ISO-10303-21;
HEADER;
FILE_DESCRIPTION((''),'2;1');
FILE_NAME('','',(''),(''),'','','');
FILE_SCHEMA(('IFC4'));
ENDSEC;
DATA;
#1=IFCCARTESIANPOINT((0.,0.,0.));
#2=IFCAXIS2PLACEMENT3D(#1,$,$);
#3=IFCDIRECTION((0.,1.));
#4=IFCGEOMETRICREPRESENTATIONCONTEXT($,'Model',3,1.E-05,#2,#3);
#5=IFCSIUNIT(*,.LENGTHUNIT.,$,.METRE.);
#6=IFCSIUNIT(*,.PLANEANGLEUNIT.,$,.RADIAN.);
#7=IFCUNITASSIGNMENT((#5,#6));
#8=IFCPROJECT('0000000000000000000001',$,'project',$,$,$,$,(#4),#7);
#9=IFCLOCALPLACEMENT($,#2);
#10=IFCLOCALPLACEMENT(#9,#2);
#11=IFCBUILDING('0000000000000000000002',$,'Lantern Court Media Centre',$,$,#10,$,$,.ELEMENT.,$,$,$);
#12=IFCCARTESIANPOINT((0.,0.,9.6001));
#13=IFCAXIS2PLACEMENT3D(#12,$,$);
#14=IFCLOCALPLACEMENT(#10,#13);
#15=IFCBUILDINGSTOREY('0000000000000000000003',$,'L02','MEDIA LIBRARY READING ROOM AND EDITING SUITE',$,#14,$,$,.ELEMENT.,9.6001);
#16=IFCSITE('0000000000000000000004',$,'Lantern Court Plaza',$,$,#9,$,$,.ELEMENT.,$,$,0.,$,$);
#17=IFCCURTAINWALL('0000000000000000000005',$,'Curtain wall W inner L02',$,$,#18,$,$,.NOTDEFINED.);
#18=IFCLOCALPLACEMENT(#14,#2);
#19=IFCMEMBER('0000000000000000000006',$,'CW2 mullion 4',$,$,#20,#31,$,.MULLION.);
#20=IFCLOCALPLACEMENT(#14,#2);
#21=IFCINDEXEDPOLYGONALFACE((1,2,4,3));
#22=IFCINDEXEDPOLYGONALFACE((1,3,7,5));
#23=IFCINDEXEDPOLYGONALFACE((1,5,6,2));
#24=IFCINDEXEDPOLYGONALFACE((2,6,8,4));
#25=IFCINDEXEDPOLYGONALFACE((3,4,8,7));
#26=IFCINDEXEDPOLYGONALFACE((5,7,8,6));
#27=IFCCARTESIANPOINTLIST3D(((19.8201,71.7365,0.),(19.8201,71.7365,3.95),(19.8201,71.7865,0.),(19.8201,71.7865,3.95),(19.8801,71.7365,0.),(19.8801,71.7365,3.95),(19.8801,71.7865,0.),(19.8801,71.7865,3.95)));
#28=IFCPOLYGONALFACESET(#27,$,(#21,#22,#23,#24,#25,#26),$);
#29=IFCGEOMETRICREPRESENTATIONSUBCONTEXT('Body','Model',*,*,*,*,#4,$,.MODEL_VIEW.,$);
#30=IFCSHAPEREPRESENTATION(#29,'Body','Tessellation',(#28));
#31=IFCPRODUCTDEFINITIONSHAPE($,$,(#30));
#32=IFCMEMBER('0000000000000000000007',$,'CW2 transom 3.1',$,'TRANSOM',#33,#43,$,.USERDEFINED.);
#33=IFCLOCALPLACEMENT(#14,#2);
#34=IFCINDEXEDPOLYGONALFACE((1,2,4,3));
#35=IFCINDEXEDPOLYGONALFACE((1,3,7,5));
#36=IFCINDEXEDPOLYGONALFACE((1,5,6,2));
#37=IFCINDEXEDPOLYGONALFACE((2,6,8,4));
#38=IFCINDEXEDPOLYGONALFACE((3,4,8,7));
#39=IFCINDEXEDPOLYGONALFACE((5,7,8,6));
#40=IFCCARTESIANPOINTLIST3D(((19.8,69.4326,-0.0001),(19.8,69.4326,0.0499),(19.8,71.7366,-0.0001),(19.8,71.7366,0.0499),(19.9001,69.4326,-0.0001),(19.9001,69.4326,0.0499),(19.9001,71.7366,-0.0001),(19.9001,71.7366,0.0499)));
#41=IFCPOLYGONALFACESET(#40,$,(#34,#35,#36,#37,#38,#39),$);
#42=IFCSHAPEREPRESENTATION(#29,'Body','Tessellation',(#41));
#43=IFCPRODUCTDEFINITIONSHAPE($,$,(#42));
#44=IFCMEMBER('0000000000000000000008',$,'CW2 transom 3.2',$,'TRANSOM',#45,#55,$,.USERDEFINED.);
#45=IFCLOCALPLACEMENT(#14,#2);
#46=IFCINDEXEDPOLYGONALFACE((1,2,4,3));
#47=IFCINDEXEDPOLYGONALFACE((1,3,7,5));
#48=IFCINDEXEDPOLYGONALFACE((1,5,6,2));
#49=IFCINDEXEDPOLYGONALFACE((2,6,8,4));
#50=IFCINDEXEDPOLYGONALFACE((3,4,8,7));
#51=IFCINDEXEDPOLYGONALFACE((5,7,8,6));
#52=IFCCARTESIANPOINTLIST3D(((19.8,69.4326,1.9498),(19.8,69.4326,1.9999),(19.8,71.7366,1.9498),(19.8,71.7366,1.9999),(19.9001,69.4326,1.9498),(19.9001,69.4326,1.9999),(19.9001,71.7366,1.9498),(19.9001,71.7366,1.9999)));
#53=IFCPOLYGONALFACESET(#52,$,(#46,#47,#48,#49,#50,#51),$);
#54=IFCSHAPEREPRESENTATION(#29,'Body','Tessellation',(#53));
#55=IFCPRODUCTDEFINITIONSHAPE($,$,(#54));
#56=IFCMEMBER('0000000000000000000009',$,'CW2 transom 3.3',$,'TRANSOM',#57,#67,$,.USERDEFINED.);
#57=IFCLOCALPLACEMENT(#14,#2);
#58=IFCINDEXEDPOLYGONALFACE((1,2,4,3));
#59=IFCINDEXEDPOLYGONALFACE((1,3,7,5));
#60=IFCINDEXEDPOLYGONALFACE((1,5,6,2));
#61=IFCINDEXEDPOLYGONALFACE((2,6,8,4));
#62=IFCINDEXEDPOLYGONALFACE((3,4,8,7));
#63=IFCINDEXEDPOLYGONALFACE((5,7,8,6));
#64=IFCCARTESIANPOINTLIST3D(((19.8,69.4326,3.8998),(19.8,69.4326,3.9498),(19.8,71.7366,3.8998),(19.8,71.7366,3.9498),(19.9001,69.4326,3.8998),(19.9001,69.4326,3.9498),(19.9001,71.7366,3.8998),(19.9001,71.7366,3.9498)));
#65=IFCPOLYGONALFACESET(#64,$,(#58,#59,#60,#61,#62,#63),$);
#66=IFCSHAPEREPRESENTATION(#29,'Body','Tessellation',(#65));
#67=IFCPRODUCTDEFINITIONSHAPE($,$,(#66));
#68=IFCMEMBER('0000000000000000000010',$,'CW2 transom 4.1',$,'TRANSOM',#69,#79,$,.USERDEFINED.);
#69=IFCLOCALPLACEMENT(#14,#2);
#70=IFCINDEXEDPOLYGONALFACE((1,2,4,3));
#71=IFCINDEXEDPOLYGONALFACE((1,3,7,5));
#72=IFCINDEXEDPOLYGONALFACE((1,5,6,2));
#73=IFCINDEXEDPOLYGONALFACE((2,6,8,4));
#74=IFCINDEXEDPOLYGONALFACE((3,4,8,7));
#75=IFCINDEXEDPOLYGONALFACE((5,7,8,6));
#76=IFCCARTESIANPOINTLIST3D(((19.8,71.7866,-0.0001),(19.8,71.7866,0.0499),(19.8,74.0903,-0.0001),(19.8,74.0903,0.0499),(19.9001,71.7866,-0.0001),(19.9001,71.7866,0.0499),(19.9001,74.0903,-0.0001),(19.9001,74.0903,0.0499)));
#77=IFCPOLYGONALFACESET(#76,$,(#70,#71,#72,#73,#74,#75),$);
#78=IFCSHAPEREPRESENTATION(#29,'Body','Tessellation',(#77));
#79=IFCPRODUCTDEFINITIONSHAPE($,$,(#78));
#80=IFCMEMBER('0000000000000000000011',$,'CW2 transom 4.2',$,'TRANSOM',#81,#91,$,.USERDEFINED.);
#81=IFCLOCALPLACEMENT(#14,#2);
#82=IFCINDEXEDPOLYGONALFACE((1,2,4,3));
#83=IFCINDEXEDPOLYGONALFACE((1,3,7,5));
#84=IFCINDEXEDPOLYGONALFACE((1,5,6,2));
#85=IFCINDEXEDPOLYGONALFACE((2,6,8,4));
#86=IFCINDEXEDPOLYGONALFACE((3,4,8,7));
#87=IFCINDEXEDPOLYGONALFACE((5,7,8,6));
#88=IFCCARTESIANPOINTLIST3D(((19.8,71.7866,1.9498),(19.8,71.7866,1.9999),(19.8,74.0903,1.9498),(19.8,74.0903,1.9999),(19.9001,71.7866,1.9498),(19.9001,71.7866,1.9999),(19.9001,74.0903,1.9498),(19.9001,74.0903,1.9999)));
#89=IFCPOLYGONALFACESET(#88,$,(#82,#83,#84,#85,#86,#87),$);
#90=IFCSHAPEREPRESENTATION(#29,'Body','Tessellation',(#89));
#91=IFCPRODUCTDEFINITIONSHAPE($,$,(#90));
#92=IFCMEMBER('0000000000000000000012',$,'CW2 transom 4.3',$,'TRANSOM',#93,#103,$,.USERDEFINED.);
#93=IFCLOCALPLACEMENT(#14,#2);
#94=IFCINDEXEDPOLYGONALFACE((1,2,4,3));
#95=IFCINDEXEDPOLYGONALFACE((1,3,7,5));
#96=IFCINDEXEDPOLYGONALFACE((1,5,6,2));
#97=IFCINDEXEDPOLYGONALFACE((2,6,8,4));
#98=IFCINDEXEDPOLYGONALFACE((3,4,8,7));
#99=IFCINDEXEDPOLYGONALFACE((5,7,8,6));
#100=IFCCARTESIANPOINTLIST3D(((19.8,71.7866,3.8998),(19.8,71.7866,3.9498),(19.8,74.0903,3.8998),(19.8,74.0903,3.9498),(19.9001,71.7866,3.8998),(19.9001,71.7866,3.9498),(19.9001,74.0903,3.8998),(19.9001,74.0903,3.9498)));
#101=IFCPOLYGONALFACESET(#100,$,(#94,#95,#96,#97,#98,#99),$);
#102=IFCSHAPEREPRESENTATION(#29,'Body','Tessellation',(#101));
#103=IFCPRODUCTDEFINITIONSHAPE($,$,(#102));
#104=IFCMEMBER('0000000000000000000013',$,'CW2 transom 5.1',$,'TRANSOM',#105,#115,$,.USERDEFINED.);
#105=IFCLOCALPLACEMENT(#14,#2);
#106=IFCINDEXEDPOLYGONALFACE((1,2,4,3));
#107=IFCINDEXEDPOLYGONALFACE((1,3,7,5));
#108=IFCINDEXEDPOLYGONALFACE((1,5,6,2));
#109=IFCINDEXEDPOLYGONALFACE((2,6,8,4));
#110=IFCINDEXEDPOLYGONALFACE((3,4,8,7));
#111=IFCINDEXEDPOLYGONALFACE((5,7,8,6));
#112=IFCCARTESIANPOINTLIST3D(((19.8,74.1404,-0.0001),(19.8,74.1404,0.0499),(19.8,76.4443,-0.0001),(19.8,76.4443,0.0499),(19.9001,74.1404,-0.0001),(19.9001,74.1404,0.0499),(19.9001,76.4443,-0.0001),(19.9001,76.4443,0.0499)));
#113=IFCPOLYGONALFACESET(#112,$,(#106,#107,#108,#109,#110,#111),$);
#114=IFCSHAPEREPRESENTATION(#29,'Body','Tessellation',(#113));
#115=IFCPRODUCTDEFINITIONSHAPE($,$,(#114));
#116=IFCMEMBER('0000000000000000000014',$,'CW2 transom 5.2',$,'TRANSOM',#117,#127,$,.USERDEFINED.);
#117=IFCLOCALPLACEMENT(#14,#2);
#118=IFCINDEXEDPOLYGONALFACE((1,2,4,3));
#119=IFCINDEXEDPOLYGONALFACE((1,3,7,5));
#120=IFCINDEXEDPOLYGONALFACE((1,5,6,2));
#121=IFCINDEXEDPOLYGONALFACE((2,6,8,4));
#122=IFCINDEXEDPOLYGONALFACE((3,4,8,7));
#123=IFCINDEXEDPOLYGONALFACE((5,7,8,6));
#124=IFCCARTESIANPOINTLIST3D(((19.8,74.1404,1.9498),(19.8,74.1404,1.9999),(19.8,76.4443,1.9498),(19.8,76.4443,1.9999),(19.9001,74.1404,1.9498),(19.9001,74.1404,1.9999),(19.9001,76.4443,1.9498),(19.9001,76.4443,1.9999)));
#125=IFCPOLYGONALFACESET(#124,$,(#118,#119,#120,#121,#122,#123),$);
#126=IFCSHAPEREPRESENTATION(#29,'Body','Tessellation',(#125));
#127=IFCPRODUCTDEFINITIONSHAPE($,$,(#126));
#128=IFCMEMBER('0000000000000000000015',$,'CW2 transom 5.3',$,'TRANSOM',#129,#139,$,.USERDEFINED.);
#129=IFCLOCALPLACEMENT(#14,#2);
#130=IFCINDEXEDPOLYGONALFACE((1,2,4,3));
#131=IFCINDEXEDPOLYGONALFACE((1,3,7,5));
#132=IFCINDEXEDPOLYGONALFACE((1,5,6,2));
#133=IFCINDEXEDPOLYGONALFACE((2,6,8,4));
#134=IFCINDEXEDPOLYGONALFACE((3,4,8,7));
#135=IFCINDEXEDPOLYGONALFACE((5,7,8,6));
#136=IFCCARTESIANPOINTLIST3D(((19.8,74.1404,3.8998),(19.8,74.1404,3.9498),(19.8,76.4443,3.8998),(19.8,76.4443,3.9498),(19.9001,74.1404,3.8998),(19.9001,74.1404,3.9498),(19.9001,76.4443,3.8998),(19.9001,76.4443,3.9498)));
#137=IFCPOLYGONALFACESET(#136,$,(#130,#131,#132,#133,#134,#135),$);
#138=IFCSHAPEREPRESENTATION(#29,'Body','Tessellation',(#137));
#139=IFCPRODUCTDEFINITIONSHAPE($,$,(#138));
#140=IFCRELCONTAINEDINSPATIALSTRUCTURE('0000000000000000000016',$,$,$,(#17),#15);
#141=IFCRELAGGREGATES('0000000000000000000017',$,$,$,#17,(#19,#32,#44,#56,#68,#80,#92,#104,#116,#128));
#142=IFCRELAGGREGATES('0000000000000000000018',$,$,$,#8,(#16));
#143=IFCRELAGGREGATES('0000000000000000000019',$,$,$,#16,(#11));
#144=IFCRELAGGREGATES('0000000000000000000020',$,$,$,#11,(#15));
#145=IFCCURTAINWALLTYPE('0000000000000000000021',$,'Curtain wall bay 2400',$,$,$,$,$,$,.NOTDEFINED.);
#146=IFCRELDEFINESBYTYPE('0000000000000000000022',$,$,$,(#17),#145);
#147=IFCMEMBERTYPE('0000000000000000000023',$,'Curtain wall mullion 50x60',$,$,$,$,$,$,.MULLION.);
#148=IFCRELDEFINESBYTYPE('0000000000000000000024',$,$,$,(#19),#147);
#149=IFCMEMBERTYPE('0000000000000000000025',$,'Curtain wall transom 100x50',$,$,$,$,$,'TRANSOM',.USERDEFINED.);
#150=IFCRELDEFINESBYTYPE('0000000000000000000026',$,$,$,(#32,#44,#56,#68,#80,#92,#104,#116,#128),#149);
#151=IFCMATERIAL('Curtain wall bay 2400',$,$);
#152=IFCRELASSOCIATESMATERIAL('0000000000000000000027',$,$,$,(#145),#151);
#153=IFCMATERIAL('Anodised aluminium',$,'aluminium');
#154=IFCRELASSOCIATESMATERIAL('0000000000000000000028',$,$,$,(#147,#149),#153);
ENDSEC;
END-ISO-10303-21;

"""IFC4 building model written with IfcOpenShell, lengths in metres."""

from ifc_helpers import new_model, si_unit, direction, frame, origin, origin_2d, place, context, subcontext, project, spatial, rectangle, extrude, material, material_profile, profile_set, type_object, element, aggregate, save


model = new_model("IFC4")

# Units and contexts
model_context = context("Model", 3, precision=1e-05, world=origin(), true_north=direction((0.0, 1.0)))
body_context = subcontext(model_context, "Body", "Model", "MODEL_VIEW")
ifc_project = project(units=[si_unit("LENGTHUNIT", "METRE"), si_unit("PLANEANGLEUNIT", "RADIAN")], contexts=[model_context])

# Site, building, storey
site_placement = place(None, origin())
site = spatial("IfcSite", under=ifc_project, at=site_placement, Name="Lantern Court Plaza", CompositionType="ELEMENT", RefElevation=0.0)
building_placement = place(site_placement, origin())
building = spatial("IfcBuilding", under=site, at=building_placement, Name="Lantern Court Media Centre", CompositionType="ELEMENT")
storey_placement = place(building_placement, frame((0.0, 0.0, 9.6001)))
storey = spatial("IfcBuildingStorey", under=building, at=storey_placement, Name="L02", Description="MEDIA LIBRARY READING ROOM AND EDITING SUITE", CompositionType="ELEMENT", Elevation=9.6001)

# Curtain wall, members
ifc_material_1 = material(Name="Curtain wall bay 2400")
curtain_wall_type = type_object("IfcCurtainWallType", Name="Curtain wall bay 2400", PredefinedType="NOTDEFINED", material=ifc_material_1)
curtain_wall_placement = place(storey_placement, origin())
curtain_wall = element("IfcCurtainWall", 1, at=curtain_wall_placement, inside=storey, type_object=curtain_wall_type, Name="Curtain wall W inner L02", PredefinedType="NOTDEFINED")
ifc_material_2 = material(Name="Anodised aluminium", Category="aluminium")
ifc_material_profile_1 = material_profile(ifc_material_2, rectangle(XDim=0.0601, YDim=0.05, at=origin_2d()), Name="AL 50x60")
ifc_profile_set_1 = profile_set([ifc_material_profile_1], Name="Anodised aluminium")
member_type_1 = type_object("IfcMemberType", Name="Curtain wall mullion 50x60", PredefinedType="MULLION", material=ifc_profile_set_1)
member_1_placement = place(storey_placement, frame((19.8501, 71.7615, 0.0), z_axis=(0.0, 0.0, 1.0), x_axis=(-1.0, 0.0, 0.0)))
member_1 = element("IfcMember", 2, at=member_1_placement, type_object=member_type_1, Name="CW2 mullion 4", PredefinedType="MULLION", context=body_context, shape_type="SweptSolid", body=[
    extrude(rectangle(XDim=0.0601, YDim=0.05, at=origin_2d()), origin(), (0.0, 0.0, 1.0), 3.95),
])
ifc_material_profile_2 = material_profile(ifc_material_2, rectangle(XDim=0.1001, YDim=0.05, at=origin_2d()), Name="AL 50x100")
ifc_profile_set_2 = profile_set([ifc_material_profile_2], Name="Anodised aluminium")
member_type_2 = type_object("IfcMemberType", Name="Curtain wall transom 100x50", ElementType="TRANSOM", PredefinedType="USERDEFINED", material=ifc_profile_set_2)
member_2_placement = place(storey_placement, frame((19.8501, 69.4326, 0.0249), z_axis=(0.0, 1.0, 0.0), x_axis=(-1.0, 0.0, 0.0)))
member_2 = element("IfcMember", 3, at=member_2_placement, type_object=member_type_2, Name="CW2 transom 3.1", ObjectType="TRANSOM", PredefinedType="USERDEFINED", context=body_context, shape_type="SweptSolid", body=[
    extrude(rectangle(XDim=0.1001, YDim=0.05, at=origin_2d()), origin(), (0.0, 0.0, 1.0), 2.304),
])
member_3_placement = place(storey_placement, frame((19.8501, 69.4326, 1.9749), z_axis=(0.0, 1.0, 0.0), x_axis=(-1.0, 0.0, 0.0)))
member_3 = element("IfcMember", 4, at=member_3_placement, type_object=member_type_2, Name="CW2 transom 3.2", ObjectType="TRANSOM", PredefinedType="USERDEFINED", context=body_context, shape_type="SweptSolid", body=[
    extrude(rectangle(XDim=0.1001, YDim=0.05, at=origin_2d()), origin(), (0.0, 0.0, 1.0), 2.304),
])
member_4_placement = place(storey_placement, frame((19.8501, 69.4326, 3.9248), z_axis=(0.0, 1.0, 0.0), x_axis=(-1.0, 0.0, 0.0)))
member_4 = element("IfcMember", 5, at=member_4_placement, type_object=member_type_2, Name="CW2 transom 3.3", ObjectType="TRANSOM", PredefinedType="USERDEFINED", context=body_context, shape_type="SweptSolid", body=[
    extrude(rectangle(XDim=0.1001, YDim=0.05, at=origin_2d()), origin(), (0.0, 0.0, 1.0), 2.304),
])
member_5_placement = place(storey_placement, frame((19.8501, 71.7866, 0.0249), z_axis=(0.0, 1.0, 0.0), x_axis=(-1.0, 0.0, 0.0)))
member_5 = element("IfcMember", 6, at=member_5_placement, type_object=member_type_2, Name="CW2 transom 4.1", ObjectType="TRANSOM", PredefinedType="USERDEFINED", context=body_context, shape_type="SweptSolid", body=[
    extrude(rectangle(XDim=0.1001, YDim=0.05, at=origin_2d()), origin(), (0.0, 0.0, 1.0), 2.3037),
])
member_6_placement = place(storey_placement, frame((19.8501, 71.7866, 1.9749), z_axis=(0.0, 1.0, 0.0), x_axis=(-1.0, 0.0, 0.0)))
member_6 = element("IfcMember", 7, at=member_6_placement, type_object=member_type_2, Name="CW2 transom 4.2", ObjectType="TRANSOM", PredefinedType="USERDEFINED", context=body_context, shape_type="SweptSolid", body=[
    extrude(rectangle(XDim=0.1001, YDim=0.05, at=origin_2d()), origin(), (0.0, 0.0, 1.0), 2.3037),
])
member_7_placement = place(storey_placement, frame((19.8501, 71.7866, 3.9248), z_axis=(0.0, 1.0, 0.0), x_axis=(-1.0, 0.0, 0.0)))
member_7 = element("IfcMember", 8, at=member_7_placement, type_object=member_type_2, Name="CW2 transom 4.3", ObjectType="TRANSOM", PredefinedType="USERDEFINED", context=body_context, shape_type="SweptSolid", body=[
    extrude(rectangle(XDim=0.1001, YDim=0.05, at=origin_2d()), origin(), (0.0, 0.0, 1.0), 2.3037),
])
member_8_placement = place(storey_placement, frame((19.8501, 74.1404, 0.0249), z_axis=(0.0, 1.0, 0.0), x_axis=(-1.0, 0.0, 0.0)))
member_8 = element("IfcMember", 9, at=member_8_placement, type_object=member_type_2, Name="CW2 transom 5.1", ObjectType="TRANSOM", PredefinedType="USERDEFINED", context=body_context, shape_type="SweptSolid", body=[
    extrude(rectangle(XDim=0.1001, YDim=0.05, at=origin_2d()), origin(), (0.0, 0.0, 1.0), 2.304),
])
member_9_placement = place(storey_placement, frame((19.8501, 74.1404, 1.9749), z_axis=(0.0, 1.0, 0.0), x_axis=(-1.0, 0.0, 0.0)))
member_9 = element("IfcMember", 10, at=member_9_placement, type_object=member_type_2, Name="CW2 transom 5.2", ObjectType="TRANSOM", PredefinedType="USERDEFINED", context=body_context, shape_type="SweptSolid", body=[
    extrude(rectangle(XDim=0.1001, YDim=0.05, at=origin_2d()), origin(), (0.0, 0.0, 1.0), 2.304),
])
member_10_placement = place(storey_placement, frame((19.8501, 74.1404, 3.9248), z_axis=(0.0, 1.0, 0.0), x_axis=(-1.0, 0.0, 0.0)))
member_10 = element("IfcMember", 11, at=member_10_placement, type_object=member_type_2, Name="CW2 transom 5.3", ObjectType="TRANSOM", PredefinedType="USERDEFINED", context=body_context, shape_type="SweptSolid", body=[
    extrude(rectangle(XDim=0.1001, YDim=0.05, at=origin_2d()), origin(), (0.0, 0.0, 1.0), 2.304),
])

aggregate(curtain_wall, [member_1, member_2, member_3, member_4, member_5, member_6, member_7, member_8, member_9, member_10])

save(model, "model.ifc")
